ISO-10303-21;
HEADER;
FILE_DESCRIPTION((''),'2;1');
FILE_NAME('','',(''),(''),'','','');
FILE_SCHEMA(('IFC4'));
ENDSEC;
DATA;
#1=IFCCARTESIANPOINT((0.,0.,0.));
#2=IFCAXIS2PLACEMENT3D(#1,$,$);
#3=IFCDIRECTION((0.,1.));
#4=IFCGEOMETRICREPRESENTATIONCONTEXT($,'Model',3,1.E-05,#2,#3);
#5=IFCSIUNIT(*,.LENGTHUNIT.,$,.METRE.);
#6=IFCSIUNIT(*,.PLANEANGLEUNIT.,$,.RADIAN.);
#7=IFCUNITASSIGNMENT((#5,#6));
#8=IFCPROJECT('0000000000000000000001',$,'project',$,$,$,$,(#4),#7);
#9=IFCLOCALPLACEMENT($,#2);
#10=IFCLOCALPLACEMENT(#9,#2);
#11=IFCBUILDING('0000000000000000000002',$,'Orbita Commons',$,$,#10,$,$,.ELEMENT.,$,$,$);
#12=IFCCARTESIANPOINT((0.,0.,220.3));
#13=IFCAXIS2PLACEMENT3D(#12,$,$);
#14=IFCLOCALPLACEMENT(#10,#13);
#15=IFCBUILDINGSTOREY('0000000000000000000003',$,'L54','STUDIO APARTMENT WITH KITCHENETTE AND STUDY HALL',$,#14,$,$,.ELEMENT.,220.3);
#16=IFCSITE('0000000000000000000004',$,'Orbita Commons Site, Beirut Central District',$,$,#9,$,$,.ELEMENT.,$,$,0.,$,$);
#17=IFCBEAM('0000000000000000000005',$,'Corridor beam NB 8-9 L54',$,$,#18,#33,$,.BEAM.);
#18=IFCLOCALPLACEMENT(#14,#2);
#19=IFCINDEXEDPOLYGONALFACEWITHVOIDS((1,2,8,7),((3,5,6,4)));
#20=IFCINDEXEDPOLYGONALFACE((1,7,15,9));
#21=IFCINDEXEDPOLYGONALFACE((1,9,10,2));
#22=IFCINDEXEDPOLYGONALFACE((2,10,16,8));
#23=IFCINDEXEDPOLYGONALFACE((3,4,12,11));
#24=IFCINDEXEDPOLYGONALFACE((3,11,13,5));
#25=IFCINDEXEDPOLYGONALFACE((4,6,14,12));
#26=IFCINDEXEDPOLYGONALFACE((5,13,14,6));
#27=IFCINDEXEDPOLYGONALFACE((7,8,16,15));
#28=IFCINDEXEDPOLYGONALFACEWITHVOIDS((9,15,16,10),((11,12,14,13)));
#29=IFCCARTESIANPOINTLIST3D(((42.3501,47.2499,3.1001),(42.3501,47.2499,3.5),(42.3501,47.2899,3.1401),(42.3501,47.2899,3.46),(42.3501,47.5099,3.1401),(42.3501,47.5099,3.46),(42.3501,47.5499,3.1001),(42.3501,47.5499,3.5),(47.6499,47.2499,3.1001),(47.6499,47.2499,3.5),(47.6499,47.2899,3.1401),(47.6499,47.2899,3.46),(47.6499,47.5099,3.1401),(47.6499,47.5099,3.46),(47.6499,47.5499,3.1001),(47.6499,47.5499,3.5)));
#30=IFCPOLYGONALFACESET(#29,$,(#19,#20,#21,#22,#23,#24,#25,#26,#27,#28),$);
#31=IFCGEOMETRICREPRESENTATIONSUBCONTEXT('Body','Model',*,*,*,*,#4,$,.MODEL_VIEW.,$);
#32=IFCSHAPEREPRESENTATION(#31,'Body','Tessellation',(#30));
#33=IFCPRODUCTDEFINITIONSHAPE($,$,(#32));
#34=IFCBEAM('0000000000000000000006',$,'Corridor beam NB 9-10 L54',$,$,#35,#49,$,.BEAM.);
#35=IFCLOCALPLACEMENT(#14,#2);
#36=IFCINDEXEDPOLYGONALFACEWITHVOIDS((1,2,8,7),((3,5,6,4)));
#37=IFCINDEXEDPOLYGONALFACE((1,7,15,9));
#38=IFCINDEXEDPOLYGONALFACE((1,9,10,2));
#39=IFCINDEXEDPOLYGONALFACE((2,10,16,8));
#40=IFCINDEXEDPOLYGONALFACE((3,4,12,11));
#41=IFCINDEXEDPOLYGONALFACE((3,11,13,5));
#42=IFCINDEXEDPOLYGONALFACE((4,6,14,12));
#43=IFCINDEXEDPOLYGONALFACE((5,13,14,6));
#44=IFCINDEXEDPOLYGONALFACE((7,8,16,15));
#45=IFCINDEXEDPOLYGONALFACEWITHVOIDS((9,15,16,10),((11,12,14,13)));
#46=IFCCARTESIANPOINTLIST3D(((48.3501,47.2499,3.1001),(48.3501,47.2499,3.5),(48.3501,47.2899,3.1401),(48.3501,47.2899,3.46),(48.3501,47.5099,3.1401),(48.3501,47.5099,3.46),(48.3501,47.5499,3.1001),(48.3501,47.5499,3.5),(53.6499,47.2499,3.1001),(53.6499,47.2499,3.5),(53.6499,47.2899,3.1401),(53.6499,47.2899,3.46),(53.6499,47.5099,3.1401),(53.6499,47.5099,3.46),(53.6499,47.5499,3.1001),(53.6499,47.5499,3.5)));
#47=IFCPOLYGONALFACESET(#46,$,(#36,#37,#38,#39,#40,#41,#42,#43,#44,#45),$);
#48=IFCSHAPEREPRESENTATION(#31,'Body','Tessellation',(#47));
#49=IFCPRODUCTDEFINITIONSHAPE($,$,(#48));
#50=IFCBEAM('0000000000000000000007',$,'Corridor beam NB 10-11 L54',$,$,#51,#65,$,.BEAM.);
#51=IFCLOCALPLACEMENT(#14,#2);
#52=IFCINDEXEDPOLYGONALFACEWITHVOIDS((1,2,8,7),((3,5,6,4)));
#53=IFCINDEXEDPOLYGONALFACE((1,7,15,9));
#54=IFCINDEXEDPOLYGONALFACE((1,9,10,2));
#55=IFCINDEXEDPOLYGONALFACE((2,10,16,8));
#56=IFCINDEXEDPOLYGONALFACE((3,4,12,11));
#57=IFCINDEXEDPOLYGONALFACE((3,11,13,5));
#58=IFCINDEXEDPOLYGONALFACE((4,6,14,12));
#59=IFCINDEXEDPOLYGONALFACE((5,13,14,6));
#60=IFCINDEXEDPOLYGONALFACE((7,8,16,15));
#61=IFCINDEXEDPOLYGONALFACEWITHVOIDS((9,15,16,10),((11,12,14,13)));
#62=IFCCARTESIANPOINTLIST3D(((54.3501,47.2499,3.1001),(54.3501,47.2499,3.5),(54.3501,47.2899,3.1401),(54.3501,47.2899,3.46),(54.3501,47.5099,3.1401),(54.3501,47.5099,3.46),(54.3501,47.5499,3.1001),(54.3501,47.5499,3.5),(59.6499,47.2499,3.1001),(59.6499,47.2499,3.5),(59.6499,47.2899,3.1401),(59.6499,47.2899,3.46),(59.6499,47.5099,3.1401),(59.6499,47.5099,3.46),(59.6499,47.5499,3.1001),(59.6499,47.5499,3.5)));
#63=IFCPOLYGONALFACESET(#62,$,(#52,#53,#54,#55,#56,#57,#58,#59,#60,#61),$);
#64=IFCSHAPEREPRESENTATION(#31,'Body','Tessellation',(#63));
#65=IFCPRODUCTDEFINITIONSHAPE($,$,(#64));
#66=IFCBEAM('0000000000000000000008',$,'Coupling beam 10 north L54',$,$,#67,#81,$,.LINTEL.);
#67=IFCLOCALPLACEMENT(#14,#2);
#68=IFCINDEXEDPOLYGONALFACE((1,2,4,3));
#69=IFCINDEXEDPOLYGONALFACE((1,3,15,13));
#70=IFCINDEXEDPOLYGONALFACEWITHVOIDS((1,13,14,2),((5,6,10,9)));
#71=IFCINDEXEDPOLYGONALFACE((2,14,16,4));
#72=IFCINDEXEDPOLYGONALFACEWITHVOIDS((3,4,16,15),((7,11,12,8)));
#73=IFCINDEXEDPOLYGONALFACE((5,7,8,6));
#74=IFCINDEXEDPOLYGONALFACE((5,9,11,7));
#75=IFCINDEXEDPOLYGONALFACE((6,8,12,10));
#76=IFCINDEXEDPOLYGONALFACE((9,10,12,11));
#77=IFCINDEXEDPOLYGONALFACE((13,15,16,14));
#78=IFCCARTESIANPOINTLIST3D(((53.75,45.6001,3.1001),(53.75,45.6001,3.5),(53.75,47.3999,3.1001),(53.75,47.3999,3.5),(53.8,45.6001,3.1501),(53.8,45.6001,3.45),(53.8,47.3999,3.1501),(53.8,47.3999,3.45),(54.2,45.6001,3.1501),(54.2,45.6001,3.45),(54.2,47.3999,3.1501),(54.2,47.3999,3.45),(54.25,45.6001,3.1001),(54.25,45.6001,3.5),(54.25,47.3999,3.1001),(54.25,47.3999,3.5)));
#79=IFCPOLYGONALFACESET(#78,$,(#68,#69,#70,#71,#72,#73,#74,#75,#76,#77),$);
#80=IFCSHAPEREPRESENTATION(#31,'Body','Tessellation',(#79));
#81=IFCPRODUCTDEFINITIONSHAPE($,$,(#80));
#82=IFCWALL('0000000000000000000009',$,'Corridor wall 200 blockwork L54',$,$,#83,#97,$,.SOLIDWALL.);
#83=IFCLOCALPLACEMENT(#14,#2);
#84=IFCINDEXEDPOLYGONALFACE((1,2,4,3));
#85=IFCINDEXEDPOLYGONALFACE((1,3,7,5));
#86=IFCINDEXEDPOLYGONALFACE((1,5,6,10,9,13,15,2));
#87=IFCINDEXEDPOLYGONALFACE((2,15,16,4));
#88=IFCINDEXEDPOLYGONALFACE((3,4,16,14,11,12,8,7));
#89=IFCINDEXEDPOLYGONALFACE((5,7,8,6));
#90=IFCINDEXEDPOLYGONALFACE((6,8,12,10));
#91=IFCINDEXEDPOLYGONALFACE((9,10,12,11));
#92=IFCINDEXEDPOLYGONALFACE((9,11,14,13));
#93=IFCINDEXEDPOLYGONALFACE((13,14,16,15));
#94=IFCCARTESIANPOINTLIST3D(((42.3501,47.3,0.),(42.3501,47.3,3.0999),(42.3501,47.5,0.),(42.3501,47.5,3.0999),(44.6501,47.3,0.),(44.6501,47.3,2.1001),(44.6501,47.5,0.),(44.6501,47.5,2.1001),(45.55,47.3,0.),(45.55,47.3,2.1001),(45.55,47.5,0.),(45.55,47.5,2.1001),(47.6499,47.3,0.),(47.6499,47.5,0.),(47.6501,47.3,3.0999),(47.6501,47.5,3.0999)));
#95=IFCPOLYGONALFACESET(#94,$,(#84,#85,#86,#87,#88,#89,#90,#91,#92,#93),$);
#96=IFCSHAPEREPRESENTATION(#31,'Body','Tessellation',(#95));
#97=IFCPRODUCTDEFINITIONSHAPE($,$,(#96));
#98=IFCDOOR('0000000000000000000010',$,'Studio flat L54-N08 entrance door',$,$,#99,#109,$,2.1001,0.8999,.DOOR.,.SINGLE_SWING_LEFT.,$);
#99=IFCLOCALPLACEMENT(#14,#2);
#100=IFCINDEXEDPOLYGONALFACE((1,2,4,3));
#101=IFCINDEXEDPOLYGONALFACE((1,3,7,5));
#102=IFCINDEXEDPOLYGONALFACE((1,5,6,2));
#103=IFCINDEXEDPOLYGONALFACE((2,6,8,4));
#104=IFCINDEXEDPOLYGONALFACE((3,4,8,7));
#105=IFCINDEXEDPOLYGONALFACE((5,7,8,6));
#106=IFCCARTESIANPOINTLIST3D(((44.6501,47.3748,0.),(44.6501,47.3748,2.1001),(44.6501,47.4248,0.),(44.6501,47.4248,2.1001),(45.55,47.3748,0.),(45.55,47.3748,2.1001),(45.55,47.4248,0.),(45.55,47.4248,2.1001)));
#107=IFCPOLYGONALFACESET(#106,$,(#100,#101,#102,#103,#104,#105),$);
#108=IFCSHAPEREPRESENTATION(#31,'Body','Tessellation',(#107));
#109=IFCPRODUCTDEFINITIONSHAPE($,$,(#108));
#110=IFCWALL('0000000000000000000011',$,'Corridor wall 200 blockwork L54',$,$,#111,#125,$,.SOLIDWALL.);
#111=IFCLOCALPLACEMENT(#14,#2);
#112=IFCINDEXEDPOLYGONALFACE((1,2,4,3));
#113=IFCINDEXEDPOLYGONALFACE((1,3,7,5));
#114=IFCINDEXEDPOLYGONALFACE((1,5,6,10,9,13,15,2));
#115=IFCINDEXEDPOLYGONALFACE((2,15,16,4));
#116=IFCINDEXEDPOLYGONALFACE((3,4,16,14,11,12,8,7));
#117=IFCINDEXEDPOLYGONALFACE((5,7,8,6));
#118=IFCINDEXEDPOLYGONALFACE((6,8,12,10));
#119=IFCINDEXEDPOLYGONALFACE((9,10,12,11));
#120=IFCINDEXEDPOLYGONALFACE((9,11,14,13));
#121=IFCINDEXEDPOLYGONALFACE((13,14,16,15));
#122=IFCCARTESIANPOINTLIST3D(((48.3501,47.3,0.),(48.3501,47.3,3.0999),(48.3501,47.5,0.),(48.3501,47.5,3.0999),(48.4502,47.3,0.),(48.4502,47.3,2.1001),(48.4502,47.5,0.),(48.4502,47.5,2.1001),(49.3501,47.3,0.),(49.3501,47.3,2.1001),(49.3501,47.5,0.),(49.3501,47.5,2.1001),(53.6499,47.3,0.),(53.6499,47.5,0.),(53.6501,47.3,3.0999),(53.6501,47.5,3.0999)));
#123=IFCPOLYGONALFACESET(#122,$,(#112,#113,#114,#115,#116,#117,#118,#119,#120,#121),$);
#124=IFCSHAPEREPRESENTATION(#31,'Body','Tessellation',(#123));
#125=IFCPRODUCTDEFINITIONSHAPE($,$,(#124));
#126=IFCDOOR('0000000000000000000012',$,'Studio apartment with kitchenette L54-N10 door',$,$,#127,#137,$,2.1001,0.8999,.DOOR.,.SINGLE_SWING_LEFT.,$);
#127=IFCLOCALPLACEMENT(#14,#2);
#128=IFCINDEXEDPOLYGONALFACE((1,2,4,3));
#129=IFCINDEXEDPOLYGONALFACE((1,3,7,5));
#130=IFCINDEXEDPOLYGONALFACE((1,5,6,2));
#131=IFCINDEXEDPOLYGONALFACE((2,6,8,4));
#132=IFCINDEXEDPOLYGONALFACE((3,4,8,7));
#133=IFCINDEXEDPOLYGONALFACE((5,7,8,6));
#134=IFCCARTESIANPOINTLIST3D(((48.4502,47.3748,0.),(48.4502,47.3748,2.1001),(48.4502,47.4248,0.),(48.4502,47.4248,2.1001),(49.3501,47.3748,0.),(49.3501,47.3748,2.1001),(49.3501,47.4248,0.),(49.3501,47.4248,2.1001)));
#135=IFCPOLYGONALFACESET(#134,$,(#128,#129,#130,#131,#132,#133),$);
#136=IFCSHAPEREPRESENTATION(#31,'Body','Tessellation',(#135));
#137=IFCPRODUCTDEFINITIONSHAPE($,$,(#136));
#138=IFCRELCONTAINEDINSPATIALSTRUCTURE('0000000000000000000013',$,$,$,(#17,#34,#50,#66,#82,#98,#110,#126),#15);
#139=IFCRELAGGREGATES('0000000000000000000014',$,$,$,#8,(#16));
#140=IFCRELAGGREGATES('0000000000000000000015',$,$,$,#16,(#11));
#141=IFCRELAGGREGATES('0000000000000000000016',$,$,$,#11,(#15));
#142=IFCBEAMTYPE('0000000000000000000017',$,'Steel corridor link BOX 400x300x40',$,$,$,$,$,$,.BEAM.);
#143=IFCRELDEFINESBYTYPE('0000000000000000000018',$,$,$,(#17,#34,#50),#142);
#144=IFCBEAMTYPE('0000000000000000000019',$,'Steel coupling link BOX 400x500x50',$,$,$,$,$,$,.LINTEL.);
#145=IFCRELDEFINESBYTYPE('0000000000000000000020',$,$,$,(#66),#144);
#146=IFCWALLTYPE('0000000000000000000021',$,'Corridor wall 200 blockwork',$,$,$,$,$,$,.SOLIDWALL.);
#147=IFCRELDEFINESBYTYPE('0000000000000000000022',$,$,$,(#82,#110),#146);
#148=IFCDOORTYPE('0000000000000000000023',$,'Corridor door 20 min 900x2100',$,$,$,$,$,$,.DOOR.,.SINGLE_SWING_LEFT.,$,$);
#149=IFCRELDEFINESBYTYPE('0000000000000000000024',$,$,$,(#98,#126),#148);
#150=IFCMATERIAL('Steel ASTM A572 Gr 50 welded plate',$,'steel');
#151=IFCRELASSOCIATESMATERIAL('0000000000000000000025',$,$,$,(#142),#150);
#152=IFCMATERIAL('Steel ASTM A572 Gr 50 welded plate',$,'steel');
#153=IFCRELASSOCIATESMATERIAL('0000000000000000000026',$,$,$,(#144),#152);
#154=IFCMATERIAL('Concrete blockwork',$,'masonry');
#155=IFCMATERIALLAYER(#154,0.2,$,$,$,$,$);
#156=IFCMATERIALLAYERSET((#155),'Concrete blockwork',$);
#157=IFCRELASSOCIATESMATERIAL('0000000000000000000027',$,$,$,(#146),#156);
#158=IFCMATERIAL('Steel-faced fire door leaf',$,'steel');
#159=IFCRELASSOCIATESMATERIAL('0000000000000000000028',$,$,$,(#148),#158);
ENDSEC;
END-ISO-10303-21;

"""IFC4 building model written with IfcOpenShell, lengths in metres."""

from ifc_helpers import new_model, si_unit, direction, frame, frame_2d, origin, origin_2d, place, context, subcontext, project, spatial, polyline, rectangle, hollow_rectangle, outline, extrude, material, layer, layer_set, material_profile, profile_set, type_object, element, fill, save


model = new_model("IFC4")

# Units and contexts
model_context = context("Model", 3, precision=1e-05, world=origin(), true_north=direction((0.0, 1.0)))
body_context = subcontext(model_context, "Body", "Model", "MODEL_VIEW")
ifc_project = project(units=[si_unit("LENGTHUNIT", "METRE"), si_unit("PLANEANGLEUNIT", "RADIAN")], contexts=[model_context])

# Site, building, storey
site_placement = place(None, origin())
site = spatial("IfcSite", under=ifc_project, at=site_placement, Name="Orbita Commons Site, Beirut Central District", CompositionType="ELEMENT", RefElevation=0.0)
building_placement = place(site_placement, origin())
building = spatial("IfcBuilding", under=site, at=building_placement, Name="Orbita Commons", CompositionType="ELEMENT")
storey_placement = place(building_placement, frame((0.0, 0.0, 220.3)))
storey = spatial("IfcBuildingStorey", under=building, at=storey_placement, Name="L54", Description="STUDIO APARTMENT WITH KITCHENETTE AND STUDY HALL", CompositionType="ELEMENT", Elevation=220.3)

# Beams
ifc_material_1 = material(Name="Steel ASTM A572 Gr 50 welded plate", Category="steel")
ifc_material_profile_1 = material_profile(ifc_material_1, hollow_rectangle(XDim=0.3, YDim=0.3999, WallThickness=0.04, at=origin_2d()), Name="BOX 400x300x40")
ifc_profile_set_1 = profile_set([ifc_material_profile_1], Name="Steel ASTM A572 Gr 50 welded plate")
beam_type_1 = type_object("IfcBeamType", Name="Steel corridor link BOX 400x300x40", PredefinedType="BEAM", material=ifc_profile_set_1)
for number, where, z_axis, x_axis, name in (
    (1, (42.3501, 47.3999, 3.3), (1.0, 0.0, 0.0), (0.0, 1.0, 0.0), "Corridor beam NB 8-9 L54"),
    (2, (48.3501, 47.3999, 3.3), (1.0, 0.0, 0.0), (0.0, 1.0, 0.0), "Corridor beam NB 9-10 L54"),
    (3, (54.3501, 47.3999, 3.3), (1.0, 0.0, 0.0), (0.0, 1.0, 0.0), "Corridor beam NB 10-11 L54"),
):
    element("IfcBeam", number, at=place(storey_placement, frame(where, z_axis=z_axis, x_axis=x_axis)), inside=storey, type_object=beam_type_1, Name=name, PredefinedType="BEAM", context=body_context, shape_type="SweptSolid", body=[
        extrude(hollow_rectangle(XDim=0.3, YDim=0.3999, WallThickness=0.04, at=origin_2d()), origin(), (0.0, 0.0, 1.0), 5.2998),
    ])
ifc_material_2 = material(Name="Steel ASTM A572 Gr 50 welded plate", Category="steel")
ifc_material_profile_2 = material_profile(ifc_material_2, hollow_rectangle(XDim=0.5, YDim=0.3999, WallThickness=0.05, at=origin_2d()), Name="BOX 400x500x50")
ifc_profile_set_2 = profile_set([ifc_material_profile_2], Name="Steel ASTM A572 Gr 50 welded plate")
beam_type_2 = type_object("IfcBeamType", Name="Steel coupling link BOX 400x500x50", PredefinedType="LINTEL", material=ifc_profile_set_2)
beam_placement = place(storey_placement, frame((54.0, 45.6001, 3.3), z_axis=(0.0, 1.0, 0.0), x_axis=(-1.0, 0.0, 0.0)))
element("IfcBeam", 4, at=beam_placement, inside=storey, type_object=beam_type_2, Name="Coupling beam 10 north L54", PredefinedType="LINTEL", context=body_context, shape_type="SweptSolid", body=[
    extrude(hollow_rectangle(XDim=0.5, YDim=0.3999, WallThickness=0.05, at=origin_2d()), origin(), (0.0, 0.0, 1.0), 1.7998),
])

# Walls, openings, doors
ifc_material_3 = material(Name="Concrete blockwork", Category="masonry")
ifc_layer_1 = layer(ifc_material_3, 0.2)
ifc_layer_set_1 = layer_set([ifc_layer_1], Name="Concrete blockwork")
wall_type_1 = type_object("IfcWallType", Name="Corridor wall 200 blockwork", PredefinedType="SOLIDWALL", material=ifc_layer_set_1)
wall_1_placement = place(storey_placement, frame((42.3501, 47.3999, 0.0), z_axis=(0.0, 0.0, 1.0), x_axis=(1.0, 0.0, 0.0)))
wall_1 = element("IfcWall", 5, at=wall_1_placement, inside=storey, type_object=wall_type_1, Name="Corridor wall 200 blockwork L54", PredefinedType="SOLIDWALL", context=body_context, shape_type="SweptSolid", body=[
    extrude(outline(polyline([(0.0, 0.0), (5.2998, 0.0), (5.3, 3.0999), (0.0, 3.0999), (0.0, 0.0)])), frame((0.0, 0.1001, 0.0), z_axis=(0.0, -1.0, 0.0), x_axis=(1.0, 0.0, 0.0)), (0.0, 0.0, 1.0), 0.2),
])
opening_1_placement = place(wall_1_placement, frame((2.3, 0.0, 0.0)))
opening_1 = element("IfcOpeningElement", 6, at=opening_1_placement, cuts=wall_1, PredefinedType="OPENING", context=body_context, shape_type="SweptSolid", body=[
    extrude(rectangle(XDim=0.8999, YDim=2.1001, at=frame_2d((0.45, 1.05))), frame((0.0, 0.1099, 0.0), z_axis=(0.0, -1.0, 0.0), x_axis=(1.0, 0.0, 0.0)), (0.0, 0.0, 1.0), 0.22),
])
ifc_material_4 = material(Name="Steel-faced fire door leaf", Category="steel")
door_type_1 = type_object("IfcDoorType", Name="Corridor door 20 min 900x2100", OperationType="SINGLE_SWING_LEFT", PredefinedType="DOOR", material=ifc_material_4)
door_1_placement = place(opening_1_placement, origin())
door_1 = element("IfcDoor", 7, at=door_1_placement, inside=storey, type_object=door_type_1, Name="Studio flat L54-N08 entrance door", OperationType="SINGLE_SWING_LEFT", OverallHeight=2.1001, OverallWidth=0.8999, PredefinedType="DOOR", context=body_context, shape_type="SweptSolid", body=[
    extrude(rectangle(XDim=0.8999, YDim=2.1001, at=frame_2d((0.45, 1.05))), frame((0.0, 0.0249, 0.0), z_axis=(0.0, -1.0, 0.0), x_axis=(1.0, 0.0, 0.0)), (0.0, 0.0, 1.0), 0.05),
])
fill(opening_1, door_1)
wall_2_placement = place(storey_placement, frame((48.3501, 47.3999, 0.0), z_axis=(0.0, 0.0, 1.0), x_axis=(1.0, 0.0, 0.0)))
wall_2 = element("IfcWall", 8, at=wall_2_placement, inside=storey, type_object=wall_type_1, Name="Corridor wall 200 blockwork L54", PredefinedType="SOLIDWALL", context=body_context, shape_type="SweptSolid", body=[
    extrude(outline(polyline([(0.0, 0.0), (5.2998, 0.0), (5.3, 3.0999), (0.0, 3.0999), (0.0, 0.0)])), frame((0.0, 0.1001, 0.0), z_axis=(0.0, -1.0, 0.0), x_axis=(1.0, 0.0, 0.0)), (0.0, 0.0, 1.0), 0.2),
])
opening_2_placement = place(wall_2_placement, frame((0.1001, 0.0, 0.0)))
opening_2 = element("IfcOpeningElement", 9, at=opening_2_placement, cuts=wall_2, PredefinedType="OPENING", context=body_context, shape_type="SweptSolid", body=[
    extrude(rectangle(XDim=0.8999, YDim=2.1001, at=frame_2d((0.45, 1.05))), frame((0.0, 0.1099, 0.0), z_axis=(0.0, -1.0, 0.0), x_axis=(1.0, 0.0, 0.0)), (0.0, 0.0, 1.0), 0.22),
])
door_2_placement = place(opening_2_placement, origin())
door_2 = element("IfcDoor", 10, at=door_2_placement, inside=storey, type_object=door_type_1, Name="Studio apartment with kitchenette L54-N10 door", OperationType="SINGLE_SWING_LEFT", OverallHeight=2.1001, OverallWidth=0.8999, PredefinedType="DOOR", context=body_context, shape_type="SweptSolid", body=[
    extrude(rectangle(XDim=0.8999, YDim=2.1001, at=frame_2d((0.45, 1.05))), frame((0.0, 0.0249, 0.0), z_axis=(0.0, -1.0, 0.0), x_axis=(1.0, 0.0, 0.0)), (0.0, 0.0, 1.0), 0.05),
])
fill(opening_2, door_2)

save(model, "model.ifc")
